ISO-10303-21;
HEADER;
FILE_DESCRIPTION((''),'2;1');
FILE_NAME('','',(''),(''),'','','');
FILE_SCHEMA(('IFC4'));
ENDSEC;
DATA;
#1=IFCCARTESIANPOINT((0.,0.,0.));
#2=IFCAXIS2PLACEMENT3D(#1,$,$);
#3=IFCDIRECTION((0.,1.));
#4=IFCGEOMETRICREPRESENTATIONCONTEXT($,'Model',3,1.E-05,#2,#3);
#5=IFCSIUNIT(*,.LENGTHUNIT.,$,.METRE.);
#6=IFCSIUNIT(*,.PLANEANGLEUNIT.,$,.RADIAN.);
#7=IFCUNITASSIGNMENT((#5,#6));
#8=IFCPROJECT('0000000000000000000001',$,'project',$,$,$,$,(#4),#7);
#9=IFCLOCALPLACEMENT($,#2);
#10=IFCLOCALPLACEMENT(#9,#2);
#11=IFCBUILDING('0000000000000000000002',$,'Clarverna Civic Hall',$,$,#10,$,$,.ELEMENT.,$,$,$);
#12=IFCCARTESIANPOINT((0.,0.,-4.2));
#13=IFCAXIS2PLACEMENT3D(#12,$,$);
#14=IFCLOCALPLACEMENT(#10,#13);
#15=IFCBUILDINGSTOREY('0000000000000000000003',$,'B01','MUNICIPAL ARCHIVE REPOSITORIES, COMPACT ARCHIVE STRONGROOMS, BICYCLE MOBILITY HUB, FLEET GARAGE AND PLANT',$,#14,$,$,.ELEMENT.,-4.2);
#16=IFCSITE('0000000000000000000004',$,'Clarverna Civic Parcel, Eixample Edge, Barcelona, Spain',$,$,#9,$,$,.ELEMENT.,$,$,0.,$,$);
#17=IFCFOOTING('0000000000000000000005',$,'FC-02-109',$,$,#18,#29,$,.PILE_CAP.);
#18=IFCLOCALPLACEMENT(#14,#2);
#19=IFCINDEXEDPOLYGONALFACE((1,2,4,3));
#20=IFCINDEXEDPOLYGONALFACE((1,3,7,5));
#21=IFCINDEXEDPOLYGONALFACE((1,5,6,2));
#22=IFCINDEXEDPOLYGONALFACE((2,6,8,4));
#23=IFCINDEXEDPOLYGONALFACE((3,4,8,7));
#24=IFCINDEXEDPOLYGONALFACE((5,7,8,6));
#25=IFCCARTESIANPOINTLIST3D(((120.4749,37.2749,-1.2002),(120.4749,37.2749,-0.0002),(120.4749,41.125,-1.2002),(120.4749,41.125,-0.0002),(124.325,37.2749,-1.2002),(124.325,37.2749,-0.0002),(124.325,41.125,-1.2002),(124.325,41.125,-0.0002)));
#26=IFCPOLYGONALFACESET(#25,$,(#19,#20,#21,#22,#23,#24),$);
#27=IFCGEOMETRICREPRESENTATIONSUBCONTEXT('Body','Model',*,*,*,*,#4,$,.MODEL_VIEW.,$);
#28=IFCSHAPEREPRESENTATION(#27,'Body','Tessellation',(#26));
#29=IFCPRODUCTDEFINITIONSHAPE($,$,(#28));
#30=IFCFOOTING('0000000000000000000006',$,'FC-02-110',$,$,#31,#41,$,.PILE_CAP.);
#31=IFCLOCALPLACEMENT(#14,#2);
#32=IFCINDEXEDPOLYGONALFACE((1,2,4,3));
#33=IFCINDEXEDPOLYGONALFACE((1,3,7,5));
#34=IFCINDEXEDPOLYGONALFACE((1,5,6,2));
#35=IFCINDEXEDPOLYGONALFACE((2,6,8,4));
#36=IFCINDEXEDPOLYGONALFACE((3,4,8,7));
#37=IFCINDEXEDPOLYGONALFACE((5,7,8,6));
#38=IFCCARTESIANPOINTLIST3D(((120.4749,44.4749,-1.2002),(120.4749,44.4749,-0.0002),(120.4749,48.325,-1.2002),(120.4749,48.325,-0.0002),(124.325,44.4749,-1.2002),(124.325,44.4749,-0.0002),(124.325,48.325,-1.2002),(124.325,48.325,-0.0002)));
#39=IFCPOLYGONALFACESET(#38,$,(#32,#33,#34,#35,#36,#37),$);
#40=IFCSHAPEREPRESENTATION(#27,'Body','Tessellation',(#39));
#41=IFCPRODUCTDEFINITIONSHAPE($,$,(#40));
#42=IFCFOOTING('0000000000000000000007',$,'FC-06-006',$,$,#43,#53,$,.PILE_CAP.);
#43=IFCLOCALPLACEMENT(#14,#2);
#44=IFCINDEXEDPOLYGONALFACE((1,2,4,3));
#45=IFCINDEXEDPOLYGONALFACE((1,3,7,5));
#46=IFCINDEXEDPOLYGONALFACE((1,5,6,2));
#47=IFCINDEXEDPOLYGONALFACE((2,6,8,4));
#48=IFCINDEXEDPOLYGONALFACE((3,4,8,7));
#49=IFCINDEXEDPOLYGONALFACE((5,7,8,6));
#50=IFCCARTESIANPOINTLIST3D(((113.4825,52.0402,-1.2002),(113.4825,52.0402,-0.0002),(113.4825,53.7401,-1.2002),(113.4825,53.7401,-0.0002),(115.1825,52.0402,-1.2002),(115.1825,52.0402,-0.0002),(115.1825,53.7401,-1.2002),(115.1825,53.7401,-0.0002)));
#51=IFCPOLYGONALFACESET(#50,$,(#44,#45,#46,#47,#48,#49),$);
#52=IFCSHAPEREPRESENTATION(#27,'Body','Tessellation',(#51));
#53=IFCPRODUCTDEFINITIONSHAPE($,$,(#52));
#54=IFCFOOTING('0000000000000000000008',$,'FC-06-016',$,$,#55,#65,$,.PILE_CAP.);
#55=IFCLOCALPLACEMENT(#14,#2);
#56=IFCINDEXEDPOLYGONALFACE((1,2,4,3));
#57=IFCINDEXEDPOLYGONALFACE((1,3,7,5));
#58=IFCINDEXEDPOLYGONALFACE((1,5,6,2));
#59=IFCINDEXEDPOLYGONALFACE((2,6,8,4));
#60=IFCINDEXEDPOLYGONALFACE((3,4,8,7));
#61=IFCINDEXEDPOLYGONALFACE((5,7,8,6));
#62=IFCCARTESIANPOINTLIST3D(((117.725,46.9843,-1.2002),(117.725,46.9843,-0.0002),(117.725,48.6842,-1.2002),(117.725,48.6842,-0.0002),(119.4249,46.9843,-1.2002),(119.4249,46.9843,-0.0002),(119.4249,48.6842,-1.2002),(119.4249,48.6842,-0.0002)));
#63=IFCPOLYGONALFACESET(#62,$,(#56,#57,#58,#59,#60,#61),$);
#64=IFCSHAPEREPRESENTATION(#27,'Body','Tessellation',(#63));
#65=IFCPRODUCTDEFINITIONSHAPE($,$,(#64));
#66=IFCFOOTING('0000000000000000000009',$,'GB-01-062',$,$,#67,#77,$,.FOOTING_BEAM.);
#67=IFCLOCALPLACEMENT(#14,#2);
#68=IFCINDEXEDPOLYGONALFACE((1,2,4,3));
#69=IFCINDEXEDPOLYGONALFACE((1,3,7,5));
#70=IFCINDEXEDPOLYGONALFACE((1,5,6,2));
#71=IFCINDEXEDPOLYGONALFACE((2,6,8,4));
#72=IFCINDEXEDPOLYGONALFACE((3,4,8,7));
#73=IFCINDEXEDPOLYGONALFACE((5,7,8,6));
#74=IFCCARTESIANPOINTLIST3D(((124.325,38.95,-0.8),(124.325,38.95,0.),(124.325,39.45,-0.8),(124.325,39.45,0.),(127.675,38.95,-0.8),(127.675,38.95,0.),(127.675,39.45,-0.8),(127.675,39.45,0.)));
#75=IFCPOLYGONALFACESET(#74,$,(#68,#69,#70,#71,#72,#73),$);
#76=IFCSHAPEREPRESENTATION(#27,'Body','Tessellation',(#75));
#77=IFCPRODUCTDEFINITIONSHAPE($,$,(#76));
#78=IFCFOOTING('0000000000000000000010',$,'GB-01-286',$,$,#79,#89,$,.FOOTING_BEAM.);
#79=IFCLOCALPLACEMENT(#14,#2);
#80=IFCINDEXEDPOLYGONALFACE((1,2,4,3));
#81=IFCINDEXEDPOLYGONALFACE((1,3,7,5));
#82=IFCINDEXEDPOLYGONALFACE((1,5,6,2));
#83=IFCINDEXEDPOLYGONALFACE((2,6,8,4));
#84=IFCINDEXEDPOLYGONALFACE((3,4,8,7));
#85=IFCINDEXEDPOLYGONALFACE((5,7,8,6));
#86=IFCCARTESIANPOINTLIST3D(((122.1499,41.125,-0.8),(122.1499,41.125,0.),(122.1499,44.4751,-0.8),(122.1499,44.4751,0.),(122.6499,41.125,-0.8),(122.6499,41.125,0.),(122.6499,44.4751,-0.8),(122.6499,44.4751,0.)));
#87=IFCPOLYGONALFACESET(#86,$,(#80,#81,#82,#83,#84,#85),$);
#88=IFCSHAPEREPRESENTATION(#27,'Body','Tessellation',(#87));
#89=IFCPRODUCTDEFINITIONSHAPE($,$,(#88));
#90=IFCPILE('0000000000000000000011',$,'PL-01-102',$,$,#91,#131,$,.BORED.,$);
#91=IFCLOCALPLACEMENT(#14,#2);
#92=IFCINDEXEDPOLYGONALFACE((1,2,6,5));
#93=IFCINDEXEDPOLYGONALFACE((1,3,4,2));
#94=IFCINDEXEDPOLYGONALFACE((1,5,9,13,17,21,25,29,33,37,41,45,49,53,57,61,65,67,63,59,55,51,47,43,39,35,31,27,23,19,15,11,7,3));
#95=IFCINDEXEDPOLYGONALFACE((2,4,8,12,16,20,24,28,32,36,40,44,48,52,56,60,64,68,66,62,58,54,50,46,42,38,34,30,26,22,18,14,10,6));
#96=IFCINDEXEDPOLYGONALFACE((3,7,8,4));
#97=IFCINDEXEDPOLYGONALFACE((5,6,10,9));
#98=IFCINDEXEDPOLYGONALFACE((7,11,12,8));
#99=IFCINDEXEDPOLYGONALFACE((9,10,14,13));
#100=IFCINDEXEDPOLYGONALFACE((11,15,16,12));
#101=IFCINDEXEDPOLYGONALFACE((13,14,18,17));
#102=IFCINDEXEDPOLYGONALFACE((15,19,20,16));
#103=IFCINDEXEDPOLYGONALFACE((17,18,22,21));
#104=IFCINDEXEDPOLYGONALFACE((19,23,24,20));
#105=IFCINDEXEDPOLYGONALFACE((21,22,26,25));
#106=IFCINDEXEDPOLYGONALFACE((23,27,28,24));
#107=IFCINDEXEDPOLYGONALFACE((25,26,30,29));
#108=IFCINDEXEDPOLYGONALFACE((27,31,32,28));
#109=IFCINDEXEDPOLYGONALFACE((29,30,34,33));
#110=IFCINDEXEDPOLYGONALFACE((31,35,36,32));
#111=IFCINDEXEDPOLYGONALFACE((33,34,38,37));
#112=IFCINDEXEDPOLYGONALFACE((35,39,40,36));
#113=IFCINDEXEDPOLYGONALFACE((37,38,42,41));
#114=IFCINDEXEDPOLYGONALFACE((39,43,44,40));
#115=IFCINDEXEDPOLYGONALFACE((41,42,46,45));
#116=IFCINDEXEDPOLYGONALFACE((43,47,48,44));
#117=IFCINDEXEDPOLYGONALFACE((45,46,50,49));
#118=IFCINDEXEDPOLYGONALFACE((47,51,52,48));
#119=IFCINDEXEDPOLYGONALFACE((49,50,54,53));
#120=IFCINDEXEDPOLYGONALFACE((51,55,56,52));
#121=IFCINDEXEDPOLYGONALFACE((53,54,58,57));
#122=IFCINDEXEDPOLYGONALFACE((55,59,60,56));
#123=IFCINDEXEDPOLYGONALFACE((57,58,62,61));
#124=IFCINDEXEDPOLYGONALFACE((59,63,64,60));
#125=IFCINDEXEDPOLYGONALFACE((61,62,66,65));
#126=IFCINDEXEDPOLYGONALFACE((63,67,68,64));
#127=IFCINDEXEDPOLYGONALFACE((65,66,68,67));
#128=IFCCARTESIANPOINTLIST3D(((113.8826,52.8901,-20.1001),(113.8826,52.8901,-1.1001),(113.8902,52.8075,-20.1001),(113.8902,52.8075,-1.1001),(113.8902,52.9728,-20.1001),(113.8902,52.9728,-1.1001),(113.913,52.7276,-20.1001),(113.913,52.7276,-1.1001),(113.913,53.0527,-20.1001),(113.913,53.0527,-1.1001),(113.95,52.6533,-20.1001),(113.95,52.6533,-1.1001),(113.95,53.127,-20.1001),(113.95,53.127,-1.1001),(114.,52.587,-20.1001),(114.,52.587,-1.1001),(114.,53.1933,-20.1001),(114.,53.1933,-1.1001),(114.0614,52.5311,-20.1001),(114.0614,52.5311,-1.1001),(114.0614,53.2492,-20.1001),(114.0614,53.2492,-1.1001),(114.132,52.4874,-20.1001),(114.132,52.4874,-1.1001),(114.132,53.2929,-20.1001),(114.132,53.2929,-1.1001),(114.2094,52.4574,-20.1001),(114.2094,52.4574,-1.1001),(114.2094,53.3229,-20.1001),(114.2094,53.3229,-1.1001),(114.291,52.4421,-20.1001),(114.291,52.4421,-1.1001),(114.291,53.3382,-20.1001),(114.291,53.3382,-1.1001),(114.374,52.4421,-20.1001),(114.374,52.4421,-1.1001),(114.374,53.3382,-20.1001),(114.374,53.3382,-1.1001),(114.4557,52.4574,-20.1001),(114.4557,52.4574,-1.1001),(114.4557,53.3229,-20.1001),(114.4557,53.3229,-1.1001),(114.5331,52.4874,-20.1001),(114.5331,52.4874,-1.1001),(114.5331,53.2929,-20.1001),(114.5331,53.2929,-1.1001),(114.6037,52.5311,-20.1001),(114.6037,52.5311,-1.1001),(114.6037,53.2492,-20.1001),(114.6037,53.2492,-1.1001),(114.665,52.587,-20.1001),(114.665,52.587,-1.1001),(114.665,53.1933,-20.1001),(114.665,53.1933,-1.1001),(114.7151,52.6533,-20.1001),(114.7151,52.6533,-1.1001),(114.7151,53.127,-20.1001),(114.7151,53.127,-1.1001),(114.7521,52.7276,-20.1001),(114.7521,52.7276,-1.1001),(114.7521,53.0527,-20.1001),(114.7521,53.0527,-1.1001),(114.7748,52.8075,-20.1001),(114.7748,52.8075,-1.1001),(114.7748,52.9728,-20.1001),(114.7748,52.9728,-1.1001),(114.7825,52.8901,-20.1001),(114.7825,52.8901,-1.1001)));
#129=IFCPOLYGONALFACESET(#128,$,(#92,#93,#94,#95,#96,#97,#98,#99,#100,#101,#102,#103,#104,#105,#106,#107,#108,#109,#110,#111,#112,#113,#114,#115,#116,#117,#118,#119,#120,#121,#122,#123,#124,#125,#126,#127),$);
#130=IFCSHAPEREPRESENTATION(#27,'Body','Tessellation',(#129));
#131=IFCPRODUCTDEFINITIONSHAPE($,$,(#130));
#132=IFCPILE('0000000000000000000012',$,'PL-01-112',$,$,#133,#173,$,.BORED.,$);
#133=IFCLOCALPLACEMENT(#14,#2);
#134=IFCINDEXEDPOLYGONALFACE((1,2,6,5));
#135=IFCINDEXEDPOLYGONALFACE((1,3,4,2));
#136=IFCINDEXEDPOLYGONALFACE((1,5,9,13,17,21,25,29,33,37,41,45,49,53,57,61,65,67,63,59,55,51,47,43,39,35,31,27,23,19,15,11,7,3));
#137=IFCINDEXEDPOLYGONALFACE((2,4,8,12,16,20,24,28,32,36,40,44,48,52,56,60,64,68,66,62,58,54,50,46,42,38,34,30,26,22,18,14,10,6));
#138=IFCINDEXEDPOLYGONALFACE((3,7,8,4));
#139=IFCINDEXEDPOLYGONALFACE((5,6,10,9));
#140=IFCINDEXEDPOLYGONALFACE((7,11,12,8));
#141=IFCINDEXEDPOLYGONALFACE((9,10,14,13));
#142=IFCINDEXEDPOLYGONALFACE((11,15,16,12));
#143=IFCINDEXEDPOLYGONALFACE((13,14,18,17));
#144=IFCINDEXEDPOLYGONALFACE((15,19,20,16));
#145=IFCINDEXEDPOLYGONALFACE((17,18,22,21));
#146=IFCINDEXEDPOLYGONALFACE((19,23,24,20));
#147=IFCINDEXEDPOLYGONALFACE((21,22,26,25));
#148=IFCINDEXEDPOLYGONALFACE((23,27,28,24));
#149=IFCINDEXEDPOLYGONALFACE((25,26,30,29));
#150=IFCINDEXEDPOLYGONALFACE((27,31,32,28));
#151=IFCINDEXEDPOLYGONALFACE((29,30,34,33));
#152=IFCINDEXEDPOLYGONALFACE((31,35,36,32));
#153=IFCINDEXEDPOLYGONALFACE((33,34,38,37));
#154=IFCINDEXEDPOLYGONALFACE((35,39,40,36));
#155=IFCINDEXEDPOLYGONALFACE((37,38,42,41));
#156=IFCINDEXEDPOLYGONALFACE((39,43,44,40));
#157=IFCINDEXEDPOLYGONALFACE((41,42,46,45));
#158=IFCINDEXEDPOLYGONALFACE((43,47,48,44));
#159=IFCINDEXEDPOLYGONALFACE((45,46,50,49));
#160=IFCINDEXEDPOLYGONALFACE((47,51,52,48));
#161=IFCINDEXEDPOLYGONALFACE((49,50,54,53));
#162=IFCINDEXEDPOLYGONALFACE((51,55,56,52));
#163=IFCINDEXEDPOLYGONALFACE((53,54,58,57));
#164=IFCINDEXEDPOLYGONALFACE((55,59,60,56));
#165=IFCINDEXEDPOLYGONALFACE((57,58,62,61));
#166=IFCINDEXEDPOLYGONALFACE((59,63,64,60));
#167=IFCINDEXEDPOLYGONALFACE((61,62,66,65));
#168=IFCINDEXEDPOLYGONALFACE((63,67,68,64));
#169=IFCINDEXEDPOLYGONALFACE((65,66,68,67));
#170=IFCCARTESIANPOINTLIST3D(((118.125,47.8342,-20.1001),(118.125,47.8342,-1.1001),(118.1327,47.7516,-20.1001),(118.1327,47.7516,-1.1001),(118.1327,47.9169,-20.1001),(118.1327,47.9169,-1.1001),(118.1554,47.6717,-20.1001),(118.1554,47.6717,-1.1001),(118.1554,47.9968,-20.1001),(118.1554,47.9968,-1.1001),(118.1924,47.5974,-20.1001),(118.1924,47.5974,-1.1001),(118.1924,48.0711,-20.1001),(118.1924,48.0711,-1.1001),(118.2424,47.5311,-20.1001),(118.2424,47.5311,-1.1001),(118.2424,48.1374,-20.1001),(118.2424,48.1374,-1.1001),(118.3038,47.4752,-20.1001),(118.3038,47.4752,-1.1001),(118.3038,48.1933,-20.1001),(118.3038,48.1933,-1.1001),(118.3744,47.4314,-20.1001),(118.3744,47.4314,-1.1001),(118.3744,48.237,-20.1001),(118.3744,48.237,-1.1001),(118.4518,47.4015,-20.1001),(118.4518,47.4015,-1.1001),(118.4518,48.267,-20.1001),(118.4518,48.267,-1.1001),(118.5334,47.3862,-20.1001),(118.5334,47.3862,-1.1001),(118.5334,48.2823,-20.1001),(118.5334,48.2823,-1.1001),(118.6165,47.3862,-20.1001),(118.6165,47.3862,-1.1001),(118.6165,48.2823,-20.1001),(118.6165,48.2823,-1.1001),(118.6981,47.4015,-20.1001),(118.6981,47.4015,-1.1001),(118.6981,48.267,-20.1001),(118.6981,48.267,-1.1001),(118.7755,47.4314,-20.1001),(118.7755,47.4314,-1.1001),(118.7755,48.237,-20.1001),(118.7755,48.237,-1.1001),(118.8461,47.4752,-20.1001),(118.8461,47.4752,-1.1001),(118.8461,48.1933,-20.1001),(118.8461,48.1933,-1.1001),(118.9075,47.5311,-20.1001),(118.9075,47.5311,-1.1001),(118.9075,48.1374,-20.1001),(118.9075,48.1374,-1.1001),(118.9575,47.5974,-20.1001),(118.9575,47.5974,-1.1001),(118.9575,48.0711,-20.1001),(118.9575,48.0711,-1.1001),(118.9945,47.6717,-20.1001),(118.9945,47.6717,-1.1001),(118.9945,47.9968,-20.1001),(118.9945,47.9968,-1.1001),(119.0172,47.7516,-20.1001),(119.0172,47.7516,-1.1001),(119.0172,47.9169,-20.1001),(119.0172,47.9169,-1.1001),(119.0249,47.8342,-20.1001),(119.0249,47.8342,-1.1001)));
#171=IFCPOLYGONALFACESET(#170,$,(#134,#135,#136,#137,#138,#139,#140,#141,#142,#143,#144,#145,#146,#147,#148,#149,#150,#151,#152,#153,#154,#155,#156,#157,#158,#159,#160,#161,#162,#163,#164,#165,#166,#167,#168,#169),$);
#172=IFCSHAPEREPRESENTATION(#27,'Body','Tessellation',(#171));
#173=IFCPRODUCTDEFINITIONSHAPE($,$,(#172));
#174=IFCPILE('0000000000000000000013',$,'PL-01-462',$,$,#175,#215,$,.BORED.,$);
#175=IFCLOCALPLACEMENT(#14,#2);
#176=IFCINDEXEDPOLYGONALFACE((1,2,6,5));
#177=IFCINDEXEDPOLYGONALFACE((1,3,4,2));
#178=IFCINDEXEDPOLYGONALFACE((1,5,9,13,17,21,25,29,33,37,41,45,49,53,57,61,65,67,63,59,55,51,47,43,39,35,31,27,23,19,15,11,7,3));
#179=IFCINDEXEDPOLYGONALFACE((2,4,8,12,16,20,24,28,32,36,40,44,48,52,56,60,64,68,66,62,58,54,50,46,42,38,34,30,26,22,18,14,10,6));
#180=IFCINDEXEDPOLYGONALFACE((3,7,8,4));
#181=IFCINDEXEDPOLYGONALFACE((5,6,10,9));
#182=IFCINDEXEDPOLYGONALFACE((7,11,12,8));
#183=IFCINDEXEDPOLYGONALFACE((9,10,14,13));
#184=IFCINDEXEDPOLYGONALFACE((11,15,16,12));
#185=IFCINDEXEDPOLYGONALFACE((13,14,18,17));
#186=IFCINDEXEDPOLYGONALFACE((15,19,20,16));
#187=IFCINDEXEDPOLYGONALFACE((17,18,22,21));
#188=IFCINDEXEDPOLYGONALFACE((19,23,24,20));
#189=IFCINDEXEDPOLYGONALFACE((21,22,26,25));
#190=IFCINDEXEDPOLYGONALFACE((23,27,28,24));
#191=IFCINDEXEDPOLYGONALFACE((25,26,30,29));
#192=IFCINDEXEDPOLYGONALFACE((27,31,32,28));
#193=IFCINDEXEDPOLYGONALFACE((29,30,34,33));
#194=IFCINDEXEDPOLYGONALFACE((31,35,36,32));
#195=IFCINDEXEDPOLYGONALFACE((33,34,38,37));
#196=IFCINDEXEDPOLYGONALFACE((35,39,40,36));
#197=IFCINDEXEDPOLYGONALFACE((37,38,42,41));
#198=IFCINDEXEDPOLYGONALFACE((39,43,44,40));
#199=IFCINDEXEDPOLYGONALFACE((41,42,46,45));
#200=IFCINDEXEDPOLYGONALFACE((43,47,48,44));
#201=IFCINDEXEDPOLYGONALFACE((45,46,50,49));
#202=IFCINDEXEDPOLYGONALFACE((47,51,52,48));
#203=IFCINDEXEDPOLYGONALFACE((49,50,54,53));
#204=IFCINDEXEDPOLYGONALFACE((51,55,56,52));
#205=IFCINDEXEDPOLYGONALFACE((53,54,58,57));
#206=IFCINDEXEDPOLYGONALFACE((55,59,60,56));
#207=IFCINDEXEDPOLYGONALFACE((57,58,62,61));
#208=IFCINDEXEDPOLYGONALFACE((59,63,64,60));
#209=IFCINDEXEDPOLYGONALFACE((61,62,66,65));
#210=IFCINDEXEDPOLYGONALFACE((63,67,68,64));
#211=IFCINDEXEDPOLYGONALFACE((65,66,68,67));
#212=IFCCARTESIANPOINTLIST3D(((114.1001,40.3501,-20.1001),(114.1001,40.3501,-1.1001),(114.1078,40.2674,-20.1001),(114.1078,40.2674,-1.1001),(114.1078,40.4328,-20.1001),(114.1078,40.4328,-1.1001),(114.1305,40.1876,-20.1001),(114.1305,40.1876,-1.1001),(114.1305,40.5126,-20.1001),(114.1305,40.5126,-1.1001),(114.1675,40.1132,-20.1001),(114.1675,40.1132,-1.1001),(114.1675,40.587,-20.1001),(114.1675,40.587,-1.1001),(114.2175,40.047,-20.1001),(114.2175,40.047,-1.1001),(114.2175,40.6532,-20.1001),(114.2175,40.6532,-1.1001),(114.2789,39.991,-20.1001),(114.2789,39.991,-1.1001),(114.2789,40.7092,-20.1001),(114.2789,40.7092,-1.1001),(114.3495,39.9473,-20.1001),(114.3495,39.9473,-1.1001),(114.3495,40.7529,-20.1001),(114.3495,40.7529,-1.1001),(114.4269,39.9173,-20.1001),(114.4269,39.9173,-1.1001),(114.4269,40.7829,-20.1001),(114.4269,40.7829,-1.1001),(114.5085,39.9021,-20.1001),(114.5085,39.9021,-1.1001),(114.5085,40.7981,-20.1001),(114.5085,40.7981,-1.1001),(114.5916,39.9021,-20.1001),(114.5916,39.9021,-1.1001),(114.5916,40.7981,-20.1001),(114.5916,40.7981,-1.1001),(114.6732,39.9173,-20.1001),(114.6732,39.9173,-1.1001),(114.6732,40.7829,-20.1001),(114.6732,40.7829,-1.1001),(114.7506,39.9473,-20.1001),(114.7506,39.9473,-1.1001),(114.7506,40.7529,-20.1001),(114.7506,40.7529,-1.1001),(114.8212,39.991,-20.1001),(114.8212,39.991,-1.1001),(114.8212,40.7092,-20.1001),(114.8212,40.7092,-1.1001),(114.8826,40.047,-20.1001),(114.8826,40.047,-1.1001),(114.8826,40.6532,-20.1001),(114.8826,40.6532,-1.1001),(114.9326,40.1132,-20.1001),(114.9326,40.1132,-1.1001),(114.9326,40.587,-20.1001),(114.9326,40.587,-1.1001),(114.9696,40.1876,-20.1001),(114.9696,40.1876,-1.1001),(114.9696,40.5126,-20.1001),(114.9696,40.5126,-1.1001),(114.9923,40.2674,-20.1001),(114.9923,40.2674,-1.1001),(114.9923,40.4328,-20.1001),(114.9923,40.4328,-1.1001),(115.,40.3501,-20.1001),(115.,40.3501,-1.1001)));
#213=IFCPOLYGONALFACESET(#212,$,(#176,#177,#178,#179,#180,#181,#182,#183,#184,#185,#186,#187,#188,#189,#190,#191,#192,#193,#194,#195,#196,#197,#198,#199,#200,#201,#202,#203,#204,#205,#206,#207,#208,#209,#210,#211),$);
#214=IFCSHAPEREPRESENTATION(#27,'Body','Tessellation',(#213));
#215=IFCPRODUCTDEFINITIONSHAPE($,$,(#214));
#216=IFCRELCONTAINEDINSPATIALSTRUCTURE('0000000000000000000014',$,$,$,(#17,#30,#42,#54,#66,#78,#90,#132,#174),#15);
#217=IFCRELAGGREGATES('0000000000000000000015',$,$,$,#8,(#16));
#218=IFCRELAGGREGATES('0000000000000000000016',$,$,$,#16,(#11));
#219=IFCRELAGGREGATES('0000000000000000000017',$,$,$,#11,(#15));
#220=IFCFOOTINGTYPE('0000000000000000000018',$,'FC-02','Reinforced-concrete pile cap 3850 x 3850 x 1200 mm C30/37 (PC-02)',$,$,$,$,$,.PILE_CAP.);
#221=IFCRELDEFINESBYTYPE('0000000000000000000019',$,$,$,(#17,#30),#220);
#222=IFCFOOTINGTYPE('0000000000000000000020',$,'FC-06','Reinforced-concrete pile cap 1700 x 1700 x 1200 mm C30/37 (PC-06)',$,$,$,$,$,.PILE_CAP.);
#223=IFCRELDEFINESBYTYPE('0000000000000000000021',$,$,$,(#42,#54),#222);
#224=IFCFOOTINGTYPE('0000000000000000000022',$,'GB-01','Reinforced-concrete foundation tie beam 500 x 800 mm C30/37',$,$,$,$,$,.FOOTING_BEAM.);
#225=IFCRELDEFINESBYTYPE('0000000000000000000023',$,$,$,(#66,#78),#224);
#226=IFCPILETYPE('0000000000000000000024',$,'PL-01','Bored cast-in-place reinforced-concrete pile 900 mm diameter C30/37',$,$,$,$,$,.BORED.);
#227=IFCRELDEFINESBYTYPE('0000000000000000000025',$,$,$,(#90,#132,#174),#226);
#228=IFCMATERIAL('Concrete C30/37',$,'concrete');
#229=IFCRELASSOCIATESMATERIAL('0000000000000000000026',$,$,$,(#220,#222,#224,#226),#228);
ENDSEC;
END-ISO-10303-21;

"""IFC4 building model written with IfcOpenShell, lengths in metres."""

from ifc_helpers import new_model, si_unit, direction, frame, frame_2d, origin, origin_2d, place, context, subcontext, project, spatial, rectangle, circle, extrude, material, material_profile, profile_set, type_object, element, save


model = new_model("IFC4")

# Units and contexts
model_context = context("Model", 3, precision=1e-05, world=origin(), true_north=direction((0.0, 1.0)))
body_context = subcontext(model_context, "Body", "Model", "MODEL_VIEW")
ifc_project = project(units=[si_unit("LENGTHUNIT", "METRE"), si_unit("PLANEANGLEUNIT", "RADIAN")], contexts=[model_context])

# Site, building, storey
site_placement = place(None, origin())
site = spatial("IfcSite", under=ifc_project, at=site_placement, Name="Clarverna Civic Parcel, Eixample Edge, Barcelona, Spain", CompositionType="ELEMENT", RefElevation=0.0)
building_placement = place(site_placement, origin())
building = spatial("IfcBuilding", under=site, at=building_placement, Name="Clarverna Civic Hall", CompositionType="ELEMENT")
storey_placement = place(building_placement, frame((0.0, 0.0, -4.2)))
storey = spatial("IfcBuildingStorey", under=building, at=storey_placement, Name="B01", Description="MUNICIPAL ARCHIVE REPOSITORIES, COMPACT ARCHIVE STRONGROOMS, BICYCLE MOBILITY HUB, FLEET GARAGE AND PLANT", CompositionType="ELEMENT", Elevation=-4.2)

# Footings
ifc_material_1 = material(Name="Concrete C30/37", Category="concrete")
footing_type_1 = type_object("IfcFootingType", Name="FC-02", Description="Reinforced-concrete pile cap 3850 x 3850 x 1200 mm C30/37 (PC-02)", PredefinedType="PILE_CAP", material=ifc_material_1)
for number, where, z_axis, x_axis, name in (
    (1, (122.3999, 39.2, -1.2002), (0.0, 0.0, 1.0), (1.0, 0.0, 0.0), "FC-02-109"),
    (2, (122.3999, 46.3999, -1.2002), (0.0, 0.0, 1.0), (1.0, 0.0, 0.0), "FC-02-110"),
):
    element("IfcFooting", number, at=place(storey_placement, frame(where, z_axis=z_axis, x_axis=x_axis)), inside=storey, type_object=footing_type_1, Name=name, PredefinedType="PILE_CAP", context=body_context, shape_type="SweptSolid", body=[
        extrude(rectangle(XDim=3.8501, YDim=3.8501, at=origin_2d()), origin(), (0.0, 0.0, 1.0), 1.2),
    ])
footing_type_2 = type_object("IfcFootingType", Name="FC-06", Description="Reinforced-concrete pile cap 1700 x 1700 x 1200 mm C30/37 (PC-06)", PredefinedType="PILE_CAP", material=ifc_material_1)
for number, where, z_axis, x_axis, name in (
    (3, (114.3325, 52.8901, -1.2002), (0.0, 0.0, 1.0), (1.0, 0.0, 0.0), "FC-06-006"),
    (4, (118.575, 47.8342, -1.2002), (0.0, 0.0, 1.0), (1.0, 0.0, 0.0), "FC-06-016"),
):
    element("IfcFooting", number, at=place(storey_placement, frame(where, z_axis=z_axis, x_axis=x_axis)), inside=storey, type_object=footing_type_2, Name=name, PredefinedType="PILE_CAP", context=body_context, shape_type="SweptSolid", body=[
        extrude(rectangle(XDim=1.7, YDim=1.7, at=origin_2d()), origin(), (0.0, 0.0, 1.0), 1.2),
    ])
footing_type_3 = type_object("IfcFootingType", Name="GB-01", Description="Reinforced-concrete foundation tie beam 500 x 800 mm C30/37", PredefinedType="FOOTING_BEAM", material=ifc_material_1)
for number, where, z_axis, x_axis, name in (
    (5, (124.325, 39.2, -0.8), (0.0, 0.0, 1.0), (1.0, 0.0, 0.0), "GB-01-062"),
    (6, (122.3999, 41.125, -0.8), (0.0, 0.0, 1.0), (0.0, 1.0, 0.0), "GB-01-286"),
):
    element("IfcFooting", number, at=place(storey_placement, frame(where, z_axis=z_axis, x_axis=x_axis)), inside=storey, type_object=footing_type_3, Name=name, PredefinedType="FOOTING_BEAM", context=body_context, shape_type="SweptSolid", body=[
        extrude(rectangle(XDim=3.3501, YDim=0.5, at=frame_2d((1.675, 0.0))), origin(), (0.0, 0.0, 1.0), 0.8),
    ])

# Piles
ifc_material_profile_1 = material_profile(ifc_material_1, circle(Radius=0.45, at=origin_2d()), Name="BORED PILE D900")
ifc_profile_set_1 = profile_set([ifc_material_profile_1], Name="Concrete C30/37")
pile_type = type_object("IfcPileType", Name="PL-01", Description="Bored cast-in-place reinforced-concrete pile 900 mm diameter C30/37", PredefinedType="BORED", material=ifc_profile_set_1)
for number, where, z_axis, x_axis, name in (
    (7, (114.3325, 52.8901, -1.1001), (0.0, 0.0, -1.0), (1.0, 0.0, 0.0), "PL-01-102"),
    (8, (118.575, 47.8342, -1.1001), (0.0, 0.0, -1.0), (1.0, 0.0, 0.0), "PL-01-112"),
    (9, (114.55, 40.3501, -1.1001), (0.0, 0.0, -1.0), (1.0, 0.0, 0.0), "PL-01-462"),
):
    element("IfcPile", number, at=place(storey_placement, frame(where, z_axis=z_axis, x_axis=x_axis)), inside=storey, type_object=pile_type, Name=name, PredefinedType="BORED", context=body_context, shape_type="SweptSolid", body=[
        extrude(circle(Radius=0.45, at=origin_2d()), origin(), (0.0, 0.0, 1.0), 19.0),
    ])

save(model, "model.ifc")
